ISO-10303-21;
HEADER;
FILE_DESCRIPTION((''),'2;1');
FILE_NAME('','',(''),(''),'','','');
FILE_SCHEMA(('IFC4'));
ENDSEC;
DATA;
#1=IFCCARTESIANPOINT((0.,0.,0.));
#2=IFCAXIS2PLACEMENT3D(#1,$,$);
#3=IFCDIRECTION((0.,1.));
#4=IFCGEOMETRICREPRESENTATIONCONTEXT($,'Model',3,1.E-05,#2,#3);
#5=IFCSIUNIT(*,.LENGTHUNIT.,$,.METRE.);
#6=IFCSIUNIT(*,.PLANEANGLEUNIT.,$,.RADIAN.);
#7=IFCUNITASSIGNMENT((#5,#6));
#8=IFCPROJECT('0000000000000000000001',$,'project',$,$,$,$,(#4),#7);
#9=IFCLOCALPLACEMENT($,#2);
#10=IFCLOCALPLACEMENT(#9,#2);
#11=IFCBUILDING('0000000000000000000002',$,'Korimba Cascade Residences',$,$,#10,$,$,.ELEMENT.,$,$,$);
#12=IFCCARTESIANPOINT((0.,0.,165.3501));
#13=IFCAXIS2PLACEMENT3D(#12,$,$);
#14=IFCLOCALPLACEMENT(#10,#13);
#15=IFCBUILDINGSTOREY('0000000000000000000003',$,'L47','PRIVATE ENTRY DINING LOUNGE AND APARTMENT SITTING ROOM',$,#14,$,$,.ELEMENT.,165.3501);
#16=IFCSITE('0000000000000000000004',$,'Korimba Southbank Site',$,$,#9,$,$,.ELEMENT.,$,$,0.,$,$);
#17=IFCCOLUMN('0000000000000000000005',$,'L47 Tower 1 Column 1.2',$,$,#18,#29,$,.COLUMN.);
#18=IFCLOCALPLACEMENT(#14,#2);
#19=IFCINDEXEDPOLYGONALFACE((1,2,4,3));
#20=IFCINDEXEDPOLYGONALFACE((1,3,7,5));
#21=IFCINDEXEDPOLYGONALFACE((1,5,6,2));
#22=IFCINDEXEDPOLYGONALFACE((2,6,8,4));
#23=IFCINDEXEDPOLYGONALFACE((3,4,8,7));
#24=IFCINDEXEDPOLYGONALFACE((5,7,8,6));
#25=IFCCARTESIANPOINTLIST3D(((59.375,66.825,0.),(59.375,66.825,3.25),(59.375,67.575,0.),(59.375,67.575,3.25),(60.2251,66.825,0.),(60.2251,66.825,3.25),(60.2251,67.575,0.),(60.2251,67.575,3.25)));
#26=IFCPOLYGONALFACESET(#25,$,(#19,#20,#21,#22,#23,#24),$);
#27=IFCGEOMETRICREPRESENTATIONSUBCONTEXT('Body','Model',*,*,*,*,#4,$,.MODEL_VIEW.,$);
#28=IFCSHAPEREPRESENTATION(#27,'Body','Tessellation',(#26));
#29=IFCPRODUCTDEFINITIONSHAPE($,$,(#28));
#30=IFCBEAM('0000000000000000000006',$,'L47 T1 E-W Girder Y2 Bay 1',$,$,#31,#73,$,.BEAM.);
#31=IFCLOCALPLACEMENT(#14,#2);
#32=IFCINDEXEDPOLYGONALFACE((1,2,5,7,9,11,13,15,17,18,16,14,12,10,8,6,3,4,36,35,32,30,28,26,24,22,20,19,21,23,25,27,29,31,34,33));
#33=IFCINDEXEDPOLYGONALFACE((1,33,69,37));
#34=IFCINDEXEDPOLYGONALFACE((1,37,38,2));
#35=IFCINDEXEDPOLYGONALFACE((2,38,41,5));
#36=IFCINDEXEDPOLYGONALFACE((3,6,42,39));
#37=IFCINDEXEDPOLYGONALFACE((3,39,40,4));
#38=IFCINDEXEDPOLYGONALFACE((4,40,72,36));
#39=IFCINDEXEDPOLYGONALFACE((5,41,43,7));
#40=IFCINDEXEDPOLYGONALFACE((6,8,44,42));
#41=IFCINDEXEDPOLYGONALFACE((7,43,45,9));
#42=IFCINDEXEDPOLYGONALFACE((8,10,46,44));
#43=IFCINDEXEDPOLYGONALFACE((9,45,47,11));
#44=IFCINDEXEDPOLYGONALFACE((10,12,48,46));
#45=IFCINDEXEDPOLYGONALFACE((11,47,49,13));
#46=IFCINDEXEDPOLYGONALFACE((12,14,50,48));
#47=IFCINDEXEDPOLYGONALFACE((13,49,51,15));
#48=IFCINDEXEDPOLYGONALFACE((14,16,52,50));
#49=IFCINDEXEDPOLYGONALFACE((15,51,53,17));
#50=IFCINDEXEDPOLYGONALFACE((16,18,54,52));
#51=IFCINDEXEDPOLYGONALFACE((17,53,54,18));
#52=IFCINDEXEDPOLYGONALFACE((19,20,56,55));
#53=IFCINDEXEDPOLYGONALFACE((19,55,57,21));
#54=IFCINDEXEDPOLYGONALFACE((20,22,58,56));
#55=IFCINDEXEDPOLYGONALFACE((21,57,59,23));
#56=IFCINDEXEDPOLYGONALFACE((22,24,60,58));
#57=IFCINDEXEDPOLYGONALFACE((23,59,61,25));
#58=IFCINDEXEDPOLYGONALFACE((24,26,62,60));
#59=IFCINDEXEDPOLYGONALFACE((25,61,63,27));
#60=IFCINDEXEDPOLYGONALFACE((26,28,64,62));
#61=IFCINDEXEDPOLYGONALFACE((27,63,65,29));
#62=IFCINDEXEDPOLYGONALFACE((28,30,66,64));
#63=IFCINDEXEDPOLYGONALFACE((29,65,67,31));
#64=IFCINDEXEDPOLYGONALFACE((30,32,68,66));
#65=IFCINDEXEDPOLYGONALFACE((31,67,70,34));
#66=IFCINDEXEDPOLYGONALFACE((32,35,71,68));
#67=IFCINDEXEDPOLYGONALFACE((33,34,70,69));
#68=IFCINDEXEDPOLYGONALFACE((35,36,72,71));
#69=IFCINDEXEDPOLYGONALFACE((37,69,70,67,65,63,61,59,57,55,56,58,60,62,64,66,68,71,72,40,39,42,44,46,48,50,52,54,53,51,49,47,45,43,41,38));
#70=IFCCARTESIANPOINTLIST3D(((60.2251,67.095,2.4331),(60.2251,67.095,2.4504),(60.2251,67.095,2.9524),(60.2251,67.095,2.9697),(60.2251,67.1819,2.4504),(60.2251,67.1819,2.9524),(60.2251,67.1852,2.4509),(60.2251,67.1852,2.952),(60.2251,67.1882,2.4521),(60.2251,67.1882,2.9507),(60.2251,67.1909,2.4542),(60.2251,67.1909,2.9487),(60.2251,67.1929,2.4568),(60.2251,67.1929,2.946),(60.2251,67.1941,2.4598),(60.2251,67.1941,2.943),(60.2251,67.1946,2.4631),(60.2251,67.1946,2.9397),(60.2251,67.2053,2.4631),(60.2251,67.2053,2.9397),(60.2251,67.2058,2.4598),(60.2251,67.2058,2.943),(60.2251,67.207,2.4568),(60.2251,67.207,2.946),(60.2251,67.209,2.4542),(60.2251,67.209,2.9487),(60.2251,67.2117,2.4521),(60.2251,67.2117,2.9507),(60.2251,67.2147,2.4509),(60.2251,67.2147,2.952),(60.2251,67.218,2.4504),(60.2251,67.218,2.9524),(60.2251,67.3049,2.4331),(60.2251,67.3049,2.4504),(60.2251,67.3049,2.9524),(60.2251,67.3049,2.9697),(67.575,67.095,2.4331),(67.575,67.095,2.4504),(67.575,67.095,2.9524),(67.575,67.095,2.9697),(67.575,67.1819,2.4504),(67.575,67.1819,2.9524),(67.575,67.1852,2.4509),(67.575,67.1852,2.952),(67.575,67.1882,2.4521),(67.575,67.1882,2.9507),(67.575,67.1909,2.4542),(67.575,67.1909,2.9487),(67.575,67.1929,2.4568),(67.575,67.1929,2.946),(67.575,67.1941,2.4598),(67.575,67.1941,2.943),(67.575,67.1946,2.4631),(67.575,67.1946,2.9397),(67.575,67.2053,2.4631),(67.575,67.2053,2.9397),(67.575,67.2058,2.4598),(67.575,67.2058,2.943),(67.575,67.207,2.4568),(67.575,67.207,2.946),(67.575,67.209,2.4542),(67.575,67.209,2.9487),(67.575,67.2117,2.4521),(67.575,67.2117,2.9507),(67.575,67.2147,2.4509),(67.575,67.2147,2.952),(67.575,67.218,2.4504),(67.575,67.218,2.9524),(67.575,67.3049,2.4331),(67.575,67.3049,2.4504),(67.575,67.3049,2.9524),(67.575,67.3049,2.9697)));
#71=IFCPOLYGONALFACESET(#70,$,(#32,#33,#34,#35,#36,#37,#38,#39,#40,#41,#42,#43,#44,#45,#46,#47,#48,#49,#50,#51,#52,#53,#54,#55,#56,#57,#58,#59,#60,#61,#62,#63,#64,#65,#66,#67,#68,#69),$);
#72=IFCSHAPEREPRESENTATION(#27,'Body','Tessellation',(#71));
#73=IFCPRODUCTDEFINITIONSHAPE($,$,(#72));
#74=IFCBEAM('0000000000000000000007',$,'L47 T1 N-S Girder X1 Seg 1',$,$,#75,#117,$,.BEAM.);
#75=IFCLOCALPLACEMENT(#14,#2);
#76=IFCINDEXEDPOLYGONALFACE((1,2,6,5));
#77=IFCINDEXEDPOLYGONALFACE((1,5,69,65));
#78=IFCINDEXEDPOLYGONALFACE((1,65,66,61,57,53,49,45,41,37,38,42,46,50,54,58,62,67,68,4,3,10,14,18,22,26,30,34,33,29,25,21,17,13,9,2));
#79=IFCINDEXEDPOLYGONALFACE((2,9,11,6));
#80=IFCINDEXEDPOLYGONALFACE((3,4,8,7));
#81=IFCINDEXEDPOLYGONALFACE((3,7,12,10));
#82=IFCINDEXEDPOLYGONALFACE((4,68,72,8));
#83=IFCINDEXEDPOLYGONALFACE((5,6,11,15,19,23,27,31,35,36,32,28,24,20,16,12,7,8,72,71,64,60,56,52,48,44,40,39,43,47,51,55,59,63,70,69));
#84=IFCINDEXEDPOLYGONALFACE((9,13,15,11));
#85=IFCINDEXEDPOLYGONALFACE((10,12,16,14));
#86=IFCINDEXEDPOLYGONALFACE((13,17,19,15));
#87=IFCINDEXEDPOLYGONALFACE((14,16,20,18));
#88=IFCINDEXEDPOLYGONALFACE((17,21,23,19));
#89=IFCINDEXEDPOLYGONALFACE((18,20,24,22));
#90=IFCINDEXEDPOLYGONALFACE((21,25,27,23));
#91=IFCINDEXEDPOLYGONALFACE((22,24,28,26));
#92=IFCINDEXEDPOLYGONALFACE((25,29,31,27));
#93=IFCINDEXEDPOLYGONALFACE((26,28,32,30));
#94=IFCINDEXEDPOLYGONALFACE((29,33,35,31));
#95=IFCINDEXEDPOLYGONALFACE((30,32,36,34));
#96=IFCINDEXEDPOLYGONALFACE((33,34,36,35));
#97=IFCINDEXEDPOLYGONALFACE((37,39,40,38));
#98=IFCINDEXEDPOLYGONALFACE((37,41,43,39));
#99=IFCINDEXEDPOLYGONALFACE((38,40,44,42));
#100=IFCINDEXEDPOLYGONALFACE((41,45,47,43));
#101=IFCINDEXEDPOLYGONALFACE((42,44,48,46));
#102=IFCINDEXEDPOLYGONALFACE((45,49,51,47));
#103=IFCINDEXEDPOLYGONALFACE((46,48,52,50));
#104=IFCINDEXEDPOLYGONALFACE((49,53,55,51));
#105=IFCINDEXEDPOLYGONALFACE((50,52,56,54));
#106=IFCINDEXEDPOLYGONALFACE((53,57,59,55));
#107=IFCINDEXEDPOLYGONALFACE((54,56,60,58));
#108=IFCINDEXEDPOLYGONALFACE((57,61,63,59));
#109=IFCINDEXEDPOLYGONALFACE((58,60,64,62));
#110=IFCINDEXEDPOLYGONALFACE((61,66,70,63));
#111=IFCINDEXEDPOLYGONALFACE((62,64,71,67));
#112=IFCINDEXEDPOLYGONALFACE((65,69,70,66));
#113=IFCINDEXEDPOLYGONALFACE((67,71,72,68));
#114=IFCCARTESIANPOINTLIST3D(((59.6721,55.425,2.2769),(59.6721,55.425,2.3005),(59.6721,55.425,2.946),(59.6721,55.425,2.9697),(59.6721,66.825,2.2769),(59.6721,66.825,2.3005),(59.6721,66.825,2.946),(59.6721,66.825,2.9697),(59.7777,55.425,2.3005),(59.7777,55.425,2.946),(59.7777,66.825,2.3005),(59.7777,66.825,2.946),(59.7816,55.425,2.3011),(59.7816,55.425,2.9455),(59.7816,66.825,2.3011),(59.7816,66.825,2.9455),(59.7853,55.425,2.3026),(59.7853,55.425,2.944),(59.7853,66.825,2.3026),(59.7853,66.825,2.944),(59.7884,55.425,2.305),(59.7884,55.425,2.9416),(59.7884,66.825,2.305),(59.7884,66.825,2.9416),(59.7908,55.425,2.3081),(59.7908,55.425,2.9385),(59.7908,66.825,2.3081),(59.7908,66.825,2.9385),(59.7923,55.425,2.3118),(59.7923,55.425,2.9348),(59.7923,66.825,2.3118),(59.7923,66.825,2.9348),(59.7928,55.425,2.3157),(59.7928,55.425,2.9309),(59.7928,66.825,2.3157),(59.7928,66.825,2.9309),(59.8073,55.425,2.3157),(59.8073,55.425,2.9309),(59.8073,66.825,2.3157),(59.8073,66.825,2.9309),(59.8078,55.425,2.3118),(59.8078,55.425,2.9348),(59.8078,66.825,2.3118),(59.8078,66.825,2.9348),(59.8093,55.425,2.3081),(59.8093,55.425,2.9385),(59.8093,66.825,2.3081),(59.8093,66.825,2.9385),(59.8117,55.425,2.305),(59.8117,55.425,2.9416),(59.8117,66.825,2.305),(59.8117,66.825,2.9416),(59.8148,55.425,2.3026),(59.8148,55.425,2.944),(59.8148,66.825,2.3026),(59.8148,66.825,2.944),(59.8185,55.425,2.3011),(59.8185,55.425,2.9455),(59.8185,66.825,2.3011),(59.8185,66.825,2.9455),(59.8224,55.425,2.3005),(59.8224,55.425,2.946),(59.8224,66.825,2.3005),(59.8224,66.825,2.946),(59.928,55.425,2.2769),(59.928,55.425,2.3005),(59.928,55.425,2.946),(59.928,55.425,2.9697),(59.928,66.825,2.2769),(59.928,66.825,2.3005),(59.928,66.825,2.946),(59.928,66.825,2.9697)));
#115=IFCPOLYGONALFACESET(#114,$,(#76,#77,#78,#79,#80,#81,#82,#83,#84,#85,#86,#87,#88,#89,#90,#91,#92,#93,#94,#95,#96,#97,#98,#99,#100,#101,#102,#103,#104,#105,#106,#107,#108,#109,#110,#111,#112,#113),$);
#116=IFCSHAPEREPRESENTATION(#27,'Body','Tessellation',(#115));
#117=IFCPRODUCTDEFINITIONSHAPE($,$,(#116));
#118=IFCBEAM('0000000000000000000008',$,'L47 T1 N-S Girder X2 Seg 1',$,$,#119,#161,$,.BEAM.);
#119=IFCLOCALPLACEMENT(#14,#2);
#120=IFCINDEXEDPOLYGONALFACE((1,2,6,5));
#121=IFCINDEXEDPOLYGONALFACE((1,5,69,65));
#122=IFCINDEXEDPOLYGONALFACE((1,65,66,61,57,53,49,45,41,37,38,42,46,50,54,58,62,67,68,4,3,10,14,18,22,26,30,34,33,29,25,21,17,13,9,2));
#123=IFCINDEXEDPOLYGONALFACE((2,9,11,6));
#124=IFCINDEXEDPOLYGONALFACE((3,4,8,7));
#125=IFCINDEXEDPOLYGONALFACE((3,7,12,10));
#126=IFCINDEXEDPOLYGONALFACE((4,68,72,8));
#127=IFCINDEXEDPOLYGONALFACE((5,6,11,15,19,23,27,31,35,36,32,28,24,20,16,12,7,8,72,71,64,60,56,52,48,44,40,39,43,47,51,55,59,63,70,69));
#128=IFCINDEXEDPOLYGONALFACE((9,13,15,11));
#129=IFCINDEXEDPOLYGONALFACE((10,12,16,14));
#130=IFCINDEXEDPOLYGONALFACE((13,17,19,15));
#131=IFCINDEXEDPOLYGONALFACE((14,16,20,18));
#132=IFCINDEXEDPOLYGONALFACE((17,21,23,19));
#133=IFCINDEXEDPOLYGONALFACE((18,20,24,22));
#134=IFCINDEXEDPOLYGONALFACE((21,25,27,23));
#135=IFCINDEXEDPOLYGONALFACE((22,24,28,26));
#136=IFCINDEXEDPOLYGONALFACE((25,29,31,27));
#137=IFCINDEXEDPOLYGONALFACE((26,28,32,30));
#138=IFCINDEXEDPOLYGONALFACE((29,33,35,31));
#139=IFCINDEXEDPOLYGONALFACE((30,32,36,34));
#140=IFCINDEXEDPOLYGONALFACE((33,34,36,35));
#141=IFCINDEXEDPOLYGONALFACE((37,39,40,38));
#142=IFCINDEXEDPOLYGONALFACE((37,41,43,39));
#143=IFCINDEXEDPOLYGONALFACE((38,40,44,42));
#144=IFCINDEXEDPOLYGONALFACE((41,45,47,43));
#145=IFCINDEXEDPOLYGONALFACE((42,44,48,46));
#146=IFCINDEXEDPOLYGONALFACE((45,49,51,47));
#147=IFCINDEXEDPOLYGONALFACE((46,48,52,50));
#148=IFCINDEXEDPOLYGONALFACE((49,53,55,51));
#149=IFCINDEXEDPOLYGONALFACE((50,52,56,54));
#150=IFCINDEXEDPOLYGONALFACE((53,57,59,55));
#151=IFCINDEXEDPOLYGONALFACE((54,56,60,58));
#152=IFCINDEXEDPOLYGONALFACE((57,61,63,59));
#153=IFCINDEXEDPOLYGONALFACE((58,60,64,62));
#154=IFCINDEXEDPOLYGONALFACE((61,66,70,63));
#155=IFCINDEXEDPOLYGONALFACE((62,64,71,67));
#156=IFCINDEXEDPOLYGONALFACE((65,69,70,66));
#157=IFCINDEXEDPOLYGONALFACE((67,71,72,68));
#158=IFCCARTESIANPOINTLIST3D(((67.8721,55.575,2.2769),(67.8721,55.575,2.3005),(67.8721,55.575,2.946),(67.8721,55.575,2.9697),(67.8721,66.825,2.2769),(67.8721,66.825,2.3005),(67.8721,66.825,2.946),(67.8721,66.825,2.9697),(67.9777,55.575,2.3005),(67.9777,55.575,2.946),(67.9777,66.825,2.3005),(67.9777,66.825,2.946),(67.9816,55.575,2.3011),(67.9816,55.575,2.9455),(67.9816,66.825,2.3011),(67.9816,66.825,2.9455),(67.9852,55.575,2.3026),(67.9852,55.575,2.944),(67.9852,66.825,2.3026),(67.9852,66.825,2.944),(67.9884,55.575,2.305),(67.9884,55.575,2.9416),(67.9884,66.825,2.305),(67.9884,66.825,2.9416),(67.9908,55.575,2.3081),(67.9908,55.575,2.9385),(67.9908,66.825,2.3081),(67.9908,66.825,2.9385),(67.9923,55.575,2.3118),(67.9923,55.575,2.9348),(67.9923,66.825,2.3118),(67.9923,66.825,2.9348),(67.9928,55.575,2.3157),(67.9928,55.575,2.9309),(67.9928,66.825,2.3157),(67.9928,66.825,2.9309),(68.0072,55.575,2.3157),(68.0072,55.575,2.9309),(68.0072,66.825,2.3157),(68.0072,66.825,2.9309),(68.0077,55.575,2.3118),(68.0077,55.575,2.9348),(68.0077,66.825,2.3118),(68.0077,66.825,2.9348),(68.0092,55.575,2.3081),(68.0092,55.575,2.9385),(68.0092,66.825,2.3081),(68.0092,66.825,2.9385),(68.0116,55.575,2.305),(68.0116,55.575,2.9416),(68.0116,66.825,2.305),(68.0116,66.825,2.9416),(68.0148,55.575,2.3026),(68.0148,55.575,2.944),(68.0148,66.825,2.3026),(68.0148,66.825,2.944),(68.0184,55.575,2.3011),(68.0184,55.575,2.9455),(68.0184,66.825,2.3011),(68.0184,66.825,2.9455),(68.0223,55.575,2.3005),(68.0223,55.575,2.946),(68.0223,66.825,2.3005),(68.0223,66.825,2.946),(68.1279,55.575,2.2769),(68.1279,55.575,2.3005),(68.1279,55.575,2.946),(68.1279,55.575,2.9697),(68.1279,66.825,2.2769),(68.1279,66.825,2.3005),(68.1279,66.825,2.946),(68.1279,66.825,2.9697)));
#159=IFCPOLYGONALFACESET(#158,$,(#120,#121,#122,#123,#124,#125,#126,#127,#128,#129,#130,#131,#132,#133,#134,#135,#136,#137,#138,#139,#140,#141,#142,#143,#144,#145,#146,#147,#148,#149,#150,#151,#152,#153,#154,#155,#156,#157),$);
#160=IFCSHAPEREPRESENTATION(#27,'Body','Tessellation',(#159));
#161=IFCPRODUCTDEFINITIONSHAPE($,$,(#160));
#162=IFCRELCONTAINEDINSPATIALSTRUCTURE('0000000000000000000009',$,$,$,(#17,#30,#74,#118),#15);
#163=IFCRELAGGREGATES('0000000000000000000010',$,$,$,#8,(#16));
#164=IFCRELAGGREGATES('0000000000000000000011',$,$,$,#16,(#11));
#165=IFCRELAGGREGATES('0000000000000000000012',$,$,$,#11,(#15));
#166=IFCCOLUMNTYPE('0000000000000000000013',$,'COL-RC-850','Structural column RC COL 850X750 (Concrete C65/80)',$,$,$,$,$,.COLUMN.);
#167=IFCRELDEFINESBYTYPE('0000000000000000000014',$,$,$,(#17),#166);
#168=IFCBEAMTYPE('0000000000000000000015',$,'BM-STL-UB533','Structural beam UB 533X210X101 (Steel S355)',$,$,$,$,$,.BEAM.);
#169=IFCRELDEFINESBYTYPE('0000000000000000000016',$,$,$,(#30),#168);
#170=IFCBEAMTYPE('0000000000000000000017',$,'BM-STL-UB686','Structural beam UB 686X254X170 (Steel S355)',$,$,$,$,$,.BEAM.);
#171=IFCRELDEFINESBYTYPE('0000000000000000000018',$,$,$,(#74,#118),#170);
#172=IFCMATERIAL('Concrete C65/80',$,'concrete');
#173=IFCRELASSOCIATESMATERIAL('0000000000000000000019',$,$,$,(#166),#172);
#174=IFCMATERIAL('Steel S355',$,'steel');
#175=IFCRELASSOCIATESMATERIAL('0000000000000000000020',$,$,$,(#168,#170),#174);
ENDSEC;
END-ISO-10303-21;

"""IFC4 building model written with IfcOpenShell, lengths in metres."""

from ifc_helpers import new_model, si_unit, direction, frame, origin, origin_2d, place, context, subcontext, project, spatial, rectangle, i_section, extrude, material, material_profile, profile_set, type_object, element, save


model = new_model("IFC4")

# Units and contexts
model_context = context("Model", 3, precision=1e-05, world=origin(), true_north=direction((0.0, 1.0)))
body_context = subcontext(model_context, "Body", "Model", "MODEL_VIEW")
ifc_project = project(units=[si_unit("LENGTHUNIT", "METRE"), si_unit("PLANEANGLEUNIT", "RADIAN")], contexts=[model_context])

# Site, building, storey
site_placement = place(None, origin())
site = spatial("IfcSite", under=ifc_project, at=site_placement, Name="Korimba Southbank Site", CompositionType="ELEMENT", RefElevation=0.0)
building_placement = place(site_placement, origin())
building = spatial("IfcBuilding", under=site, at=building_placement, Name="Korimba Cascade Residences", CompositionType="ELEMENT")
storey_placement = place(building_placement, frame((0.0, 0.0, 165.3501)))
storey = spatial("IfcBuildingStorey", under=building, at=storey_placement, Name="L47", Description="PRIVATE ENTRY DINING LOUNGE AND APARTMENT SITTING ROOM", CompositionType="ELEMENT", Elevation=165.3501)

# Column
ifc_material_1 = material(Name="Concrete C65/80", Category="concrete")
ifc_material_profile_1 = material_profile(ifc_material_1, rectangle(XDim=0.8501, YDim=0.75, at=origin_2d()), Name="Concrete C65/80")
ifc_profile_set_1 = profile_set([ifc_material_profile_1], Name="Concrete C65/80")
column_type = type_object("IfcColumnType", Name="COL-RC-850", Description="Structural column RC COL 850X750 (Concrete C65/80)", PredefinedType="COLUMN", material=ifc_profile_set_1)
column_placement = place(storey_placement, frame((59.8, 67.2, 0.0), z_axis=(0.0, 0.0, 1.0), x_axis=(1.0, 0.0, 0.0)))
element("IfcColumn", 1, at=column_placement, inside=storey, type_object=column_type, Name="L47 Tower 1 Column 1.2", PredefinedType="COLUMN", context=body_context, shape_type="SweptSolid", body=[
    extrude(rectangle(XDim=0.8501, YDim=0.75, at=origin_2d()), origin(), (0.0, 0.0, 1.0), 3.25),
])

# Beams
ifc_material_2 = material(Name="Steel S355", Category="steel")
ifc_material_profile_2 = material_profile(ifc_material_2, i_section(OverallWidth=0.21, OverallDepth=0.5366, WebThickness=0.0107, FlangeThickness=0.0173, FilletRadius=0.0127, at=origin_2d()), Name="Steel S355")
ifc_profile_set_2 = profile_set([ifc_material_profile_2], Name="Steel S355")
beam_type_1 = type_object("IfcBeamType", Name="BM-STL-UB533", Description="Structural beam UB 533X210X101 (Steel S355)", PredefinedType="BEAM", material=ifc_profile_set_2)
beam_1_placement = place(storey_placement, frame((60.2251, 67.2, 2.7014), z_axis=(1.0, 0.0, 0.0), x_axis=(0.0, 1.0, 0.0)))
element("IfcBeam", 2, at=beam_1_placement, inside=storey, type_object=beam_type_1, Name="L47 T1 E-W Girder Y2 Bay 1", PredefinedType="BEAM", context=body_context, shape_type="SweptSolid", body=[
    extrude(i_section(OverallWidth=0.21, OverallDepth=0.5366, WebThickness=0.0107, FlangeThickness=0.0173, FilletRadius=0.0127, at=origin_2d()), origin(), (0.0, 0.0, 1.0), 7.3499),
])
ifc_material_profile_3 = material_profile(ifc_material_2, i_section(OverallWidth=0.2559, OverallDepth=0.6929, WebThickness=0.0144, FlangeThickness=0.0237, FilletRadius=0.0151, at=origin_2d()), Name="Steel S355")
ifc_profile_set_3 = profile_set([ifc_material_profile_3], Name="Steel S355")
beam_type_2 = type_object("IfcBeamType", Name="BM-STL-UB686", Description="Structural beam UB 686X254X170 (Steel S355)", PredefinedType="BEAM", material=ifc_profile_set_3)
beam_2_placement = place(storey_placement, frame((59.8, 55.425, 2.6233), z_axis=(0.0, 1.0, 0.0), x_axis=(-1.0, 0.0, 0.0)))
element("IfcBeam", 3, at=beam_2_placement, inside=storey, type_object=beam_type_2, Name="L47 T1 N-S Girder X1 Seg 1", PredefinedType="BEAM", context=body_context, shape_type="SweptSolid", body=[
    extrude(i_section(OverallWidth=0.2559, OverallDepth=0.6929, WebThickness=0.0144, FlangeThickness=0.0237, FilletRadius=0.0151, at=origin_2d()), origin(), (0.0, 0.0, 1.0), 11.3999),
])
beam_3_placement = place(storey_placement, frame((68.0, 55.575, 2.6233), z_axis=(0.0, 1.0, 0.0), x_axis=(-1.0, 0.0, 0.0)))
element("IfcBeam", 4, at=beam_3_placement, inside=storey, type_object=beam_type_2, Name="L47 T1 N-S Girder X2 Seg 1", PredefinedType="BEAM", context=body_context, shape_type="SweptSolid", body=[
    extrude(i_section(OverallWidth=0.2559, OverallDepth=0.6929, WebThickness=0.0144, FlangeThickness=0.0237, FilletRadius=0.0151, at=origin_2d()), origin(), (0.0, 0.0, 1.0), 11.25),
])

save(model, "model.ifc")
